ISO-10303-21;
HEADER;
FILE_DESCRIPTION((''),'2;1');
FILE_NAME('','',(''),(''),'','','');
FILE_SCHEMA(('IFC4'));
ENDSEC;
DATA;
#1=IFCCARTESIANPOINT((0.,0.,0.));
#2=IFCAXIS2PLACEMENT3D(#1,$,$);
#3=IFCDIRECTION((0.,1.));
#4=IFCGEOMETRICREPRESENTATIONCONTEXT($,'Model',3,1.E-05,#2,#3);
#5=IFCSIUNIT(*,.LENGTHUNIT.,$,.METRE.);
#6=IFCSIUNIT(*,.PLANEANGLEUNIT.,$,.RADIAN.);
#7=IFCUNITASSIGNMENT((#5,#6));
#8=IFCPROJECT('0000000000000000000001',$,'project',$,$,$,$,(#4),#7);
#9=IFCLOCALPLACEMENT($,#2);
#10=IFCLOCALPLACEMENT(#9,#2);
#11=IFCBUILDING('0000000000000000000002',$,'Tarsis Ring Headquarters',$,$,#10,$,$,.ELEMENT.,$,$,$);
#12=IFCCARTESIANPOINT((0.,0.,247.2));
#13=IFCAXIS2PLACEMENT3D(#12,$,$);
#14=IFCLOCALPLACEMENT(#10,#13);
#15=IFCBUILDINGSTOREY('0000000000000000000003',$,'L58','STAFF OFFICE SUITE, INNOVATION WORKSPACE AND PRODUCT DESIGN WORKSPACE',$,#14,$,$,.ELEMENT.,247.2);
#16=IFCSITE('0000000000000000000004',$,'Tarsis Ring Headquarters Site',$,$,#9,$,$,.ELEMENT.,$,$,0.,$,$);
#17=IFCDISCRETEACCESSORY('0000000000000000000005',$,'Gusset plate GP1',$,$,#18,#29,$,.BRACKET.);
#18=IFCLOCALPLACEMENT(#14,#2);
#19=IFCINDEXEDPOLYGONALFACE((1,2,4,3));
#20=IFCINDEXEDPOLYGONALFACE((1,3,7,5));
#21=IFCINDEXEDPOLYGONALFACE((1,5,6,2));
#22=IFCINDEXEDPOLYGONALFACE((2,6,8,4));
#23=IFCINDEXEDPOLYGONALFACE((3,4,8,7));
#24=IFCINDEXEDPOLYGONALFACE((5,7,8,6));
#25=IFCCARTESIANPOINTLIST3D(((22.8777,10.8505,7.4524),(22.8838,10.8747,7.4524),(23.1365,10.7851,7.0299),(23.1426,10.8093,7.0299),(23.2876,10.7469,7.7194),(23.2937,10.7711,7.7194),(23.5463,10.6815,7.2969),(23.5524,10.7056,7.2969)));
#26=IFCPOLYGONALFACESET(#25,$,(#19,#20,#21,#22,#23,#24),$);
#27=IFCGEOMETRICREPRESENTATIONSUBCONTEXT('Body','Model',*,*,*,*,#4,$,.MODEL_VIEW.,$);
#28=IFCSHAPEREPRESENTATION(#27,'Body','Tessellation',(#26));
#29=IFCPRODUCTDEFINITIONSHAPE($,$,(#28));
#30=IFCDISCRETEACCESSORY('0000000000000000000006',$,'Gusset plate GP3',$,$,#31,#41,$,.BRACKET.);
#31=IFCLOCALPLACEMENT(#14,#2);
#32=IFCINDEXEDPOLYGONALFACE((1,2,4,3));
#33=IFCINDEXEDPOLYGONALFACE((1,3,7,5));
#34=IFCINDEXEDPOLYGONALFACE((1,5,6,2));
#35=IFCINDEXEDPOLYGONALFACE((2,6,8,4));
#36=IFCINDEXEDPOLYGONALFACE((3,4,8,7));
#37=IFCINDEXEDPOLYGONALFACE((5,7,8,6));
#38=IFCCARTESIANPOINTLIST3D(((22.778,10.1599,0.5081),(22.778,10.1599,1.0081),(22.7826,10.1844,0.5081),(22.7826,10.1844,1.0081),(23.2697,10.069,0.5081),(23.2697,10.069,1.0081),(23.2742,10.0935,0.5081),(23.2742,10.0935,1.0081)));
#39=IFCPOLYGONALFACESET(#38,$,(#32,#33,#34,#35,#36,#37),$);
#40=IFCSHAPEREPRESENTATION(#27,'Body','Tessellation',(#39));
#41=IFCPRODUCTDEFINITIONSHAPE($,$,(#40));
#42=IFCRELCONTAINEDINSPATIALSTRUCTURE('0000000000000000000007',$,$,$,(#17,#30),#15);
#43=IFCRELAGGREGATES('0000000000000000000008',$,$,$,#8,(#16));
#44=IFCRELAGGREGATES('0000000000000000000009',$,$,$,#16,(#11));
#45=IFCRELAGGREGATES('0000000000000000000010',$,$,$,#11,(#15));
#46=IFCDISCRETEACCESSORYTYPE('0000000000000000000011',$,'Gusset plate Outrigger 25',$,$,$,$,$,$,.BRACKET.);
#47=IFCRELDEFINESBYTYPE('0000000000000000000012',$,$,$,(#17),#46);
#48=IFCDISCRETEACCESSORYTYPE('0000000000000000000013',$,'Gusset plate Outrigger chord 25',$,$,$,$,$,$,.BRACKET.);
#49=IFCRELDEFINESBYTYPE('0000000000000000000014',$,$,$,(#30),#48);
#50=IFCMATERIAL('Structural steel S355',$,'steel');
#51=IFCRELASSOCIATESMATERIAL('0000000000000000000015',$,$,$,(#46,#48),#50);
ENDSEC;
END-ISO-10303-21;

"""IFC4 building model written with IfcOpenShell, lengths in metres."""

from ifc_helpers import new_model, si_unit, direction, frame, origin, origin_2d, place, context, subcontext, project, spatial, rectangle, extrude, material, material_profile, profile_set, type_object, element, save


model = new_model("IFC4")

# Units and contexts
model_context = context("Model", 3, precision=1e-05, world=origin(), true_north=direction((0.0, 1.0)))
body_context = subcontext(model_context, "Body", "Model", "MODEL_VIEW")
ifc_project = project(units=[si_unit("LENGTHUNIT", "METRE"), si_unit("PLANEANGLEUNIT", "RADIAN")], contexts=[model_context])

# Site, building, storey
site_placement = place(None, origin())
site = spatial("IfcSite", under=ifc_project, at=site_placement, Name="Tarsis Ring Headquarters Site", CompositionType="ELEMENT", RefElevation=0.0)
building_placement = place(site_placement, origin())
building = spatial("IfcBuilding", under=site, at=building_placement, Name="Tarsis Ring Headquarters", CompositionType="ELEMENT")
storey_placement = place(building_placement, frame((0.0, 0.0, 247.2)))
storey = spatial("IfcBuildingStorey", under=building, at=storey_placement, Name="L58", Description="STAFF OFFICE SUITE, INNOVATION WORKSPACE AND PRODUCT DESIGN WORKSPACE", CompositionType="ELEMENT", Elevation=247.2)

# Shared definitions
ifc_material_1 = material(Name="Structural steel S355", Category="steel")

# Discrete accessories
ifc_material_profile_1 = material_profile(ifc_material_1, rectangle(XDim=0.0249, YDim=0.5, at=origin_2d()), Name="PL 25x500")
ifc_profile_set_1 = profile_set([ifc_material_profile_1], Name="Structural steel S355")
discrete_accessory_type_1 = type_object("IfcDiscreteAccessoryType", Name="Gusset plate Outrigger 25", PredefinedType="BRACKET", material=ifc_profile_set_1)
discrete_accessory_1_placement = place(storey_placement, frame((23.0857, 10.8108, 7.5859), z_axis=(0.517734, -0.130899, -0.845469), x_axis=(0.245117, 0.969493, 0.0)))
element("IfcDiscreteAccessory", 1, at=discrete_accessory_1_placement, inside=storey, type_object=discrete_accessory_type_1, Name="Gusset plate GP1", PredefinedType="BRACKET", context=body_context, shape_type="SweptSolid", body=[
    extrude(rectangle(XDim=0.0249, YDim=0.5, at=origin_2d()), origin(), (0.0, 0.0, 1.0), 0.4998),
])
discrete_accessory_type_2 = type_object("IfcDiscreteAccessoryType", Name="Gusset plate Outrigger chord 25", PredefinedType="BRACKET", material=ifc_profile_set_1)
discrete_accessory_2_placement = place(storey_placement, frame((23.0261, 10.1267, 0.5081), z_axis=(0.0, 0.0, 1.0), x_axis=(-0.181766, -0.983342, 0.0)))
element("IfcDiscreteAccessory", 2, at=discrete_accessory_2_placement, inside=storey, type_object=discrete_accessory_type_2, Name="Gusset plate GP3", PredefinedType="BRACKET", context=body_context, shape_type="SweptSolid", body=[
    extrude(rectangle(XDim=0.0249, YDim=0.5, at=origin_2d()), origin(), (0.0, 0.0, 1.0), 0.5),
])

save(model, "model.ifc")
